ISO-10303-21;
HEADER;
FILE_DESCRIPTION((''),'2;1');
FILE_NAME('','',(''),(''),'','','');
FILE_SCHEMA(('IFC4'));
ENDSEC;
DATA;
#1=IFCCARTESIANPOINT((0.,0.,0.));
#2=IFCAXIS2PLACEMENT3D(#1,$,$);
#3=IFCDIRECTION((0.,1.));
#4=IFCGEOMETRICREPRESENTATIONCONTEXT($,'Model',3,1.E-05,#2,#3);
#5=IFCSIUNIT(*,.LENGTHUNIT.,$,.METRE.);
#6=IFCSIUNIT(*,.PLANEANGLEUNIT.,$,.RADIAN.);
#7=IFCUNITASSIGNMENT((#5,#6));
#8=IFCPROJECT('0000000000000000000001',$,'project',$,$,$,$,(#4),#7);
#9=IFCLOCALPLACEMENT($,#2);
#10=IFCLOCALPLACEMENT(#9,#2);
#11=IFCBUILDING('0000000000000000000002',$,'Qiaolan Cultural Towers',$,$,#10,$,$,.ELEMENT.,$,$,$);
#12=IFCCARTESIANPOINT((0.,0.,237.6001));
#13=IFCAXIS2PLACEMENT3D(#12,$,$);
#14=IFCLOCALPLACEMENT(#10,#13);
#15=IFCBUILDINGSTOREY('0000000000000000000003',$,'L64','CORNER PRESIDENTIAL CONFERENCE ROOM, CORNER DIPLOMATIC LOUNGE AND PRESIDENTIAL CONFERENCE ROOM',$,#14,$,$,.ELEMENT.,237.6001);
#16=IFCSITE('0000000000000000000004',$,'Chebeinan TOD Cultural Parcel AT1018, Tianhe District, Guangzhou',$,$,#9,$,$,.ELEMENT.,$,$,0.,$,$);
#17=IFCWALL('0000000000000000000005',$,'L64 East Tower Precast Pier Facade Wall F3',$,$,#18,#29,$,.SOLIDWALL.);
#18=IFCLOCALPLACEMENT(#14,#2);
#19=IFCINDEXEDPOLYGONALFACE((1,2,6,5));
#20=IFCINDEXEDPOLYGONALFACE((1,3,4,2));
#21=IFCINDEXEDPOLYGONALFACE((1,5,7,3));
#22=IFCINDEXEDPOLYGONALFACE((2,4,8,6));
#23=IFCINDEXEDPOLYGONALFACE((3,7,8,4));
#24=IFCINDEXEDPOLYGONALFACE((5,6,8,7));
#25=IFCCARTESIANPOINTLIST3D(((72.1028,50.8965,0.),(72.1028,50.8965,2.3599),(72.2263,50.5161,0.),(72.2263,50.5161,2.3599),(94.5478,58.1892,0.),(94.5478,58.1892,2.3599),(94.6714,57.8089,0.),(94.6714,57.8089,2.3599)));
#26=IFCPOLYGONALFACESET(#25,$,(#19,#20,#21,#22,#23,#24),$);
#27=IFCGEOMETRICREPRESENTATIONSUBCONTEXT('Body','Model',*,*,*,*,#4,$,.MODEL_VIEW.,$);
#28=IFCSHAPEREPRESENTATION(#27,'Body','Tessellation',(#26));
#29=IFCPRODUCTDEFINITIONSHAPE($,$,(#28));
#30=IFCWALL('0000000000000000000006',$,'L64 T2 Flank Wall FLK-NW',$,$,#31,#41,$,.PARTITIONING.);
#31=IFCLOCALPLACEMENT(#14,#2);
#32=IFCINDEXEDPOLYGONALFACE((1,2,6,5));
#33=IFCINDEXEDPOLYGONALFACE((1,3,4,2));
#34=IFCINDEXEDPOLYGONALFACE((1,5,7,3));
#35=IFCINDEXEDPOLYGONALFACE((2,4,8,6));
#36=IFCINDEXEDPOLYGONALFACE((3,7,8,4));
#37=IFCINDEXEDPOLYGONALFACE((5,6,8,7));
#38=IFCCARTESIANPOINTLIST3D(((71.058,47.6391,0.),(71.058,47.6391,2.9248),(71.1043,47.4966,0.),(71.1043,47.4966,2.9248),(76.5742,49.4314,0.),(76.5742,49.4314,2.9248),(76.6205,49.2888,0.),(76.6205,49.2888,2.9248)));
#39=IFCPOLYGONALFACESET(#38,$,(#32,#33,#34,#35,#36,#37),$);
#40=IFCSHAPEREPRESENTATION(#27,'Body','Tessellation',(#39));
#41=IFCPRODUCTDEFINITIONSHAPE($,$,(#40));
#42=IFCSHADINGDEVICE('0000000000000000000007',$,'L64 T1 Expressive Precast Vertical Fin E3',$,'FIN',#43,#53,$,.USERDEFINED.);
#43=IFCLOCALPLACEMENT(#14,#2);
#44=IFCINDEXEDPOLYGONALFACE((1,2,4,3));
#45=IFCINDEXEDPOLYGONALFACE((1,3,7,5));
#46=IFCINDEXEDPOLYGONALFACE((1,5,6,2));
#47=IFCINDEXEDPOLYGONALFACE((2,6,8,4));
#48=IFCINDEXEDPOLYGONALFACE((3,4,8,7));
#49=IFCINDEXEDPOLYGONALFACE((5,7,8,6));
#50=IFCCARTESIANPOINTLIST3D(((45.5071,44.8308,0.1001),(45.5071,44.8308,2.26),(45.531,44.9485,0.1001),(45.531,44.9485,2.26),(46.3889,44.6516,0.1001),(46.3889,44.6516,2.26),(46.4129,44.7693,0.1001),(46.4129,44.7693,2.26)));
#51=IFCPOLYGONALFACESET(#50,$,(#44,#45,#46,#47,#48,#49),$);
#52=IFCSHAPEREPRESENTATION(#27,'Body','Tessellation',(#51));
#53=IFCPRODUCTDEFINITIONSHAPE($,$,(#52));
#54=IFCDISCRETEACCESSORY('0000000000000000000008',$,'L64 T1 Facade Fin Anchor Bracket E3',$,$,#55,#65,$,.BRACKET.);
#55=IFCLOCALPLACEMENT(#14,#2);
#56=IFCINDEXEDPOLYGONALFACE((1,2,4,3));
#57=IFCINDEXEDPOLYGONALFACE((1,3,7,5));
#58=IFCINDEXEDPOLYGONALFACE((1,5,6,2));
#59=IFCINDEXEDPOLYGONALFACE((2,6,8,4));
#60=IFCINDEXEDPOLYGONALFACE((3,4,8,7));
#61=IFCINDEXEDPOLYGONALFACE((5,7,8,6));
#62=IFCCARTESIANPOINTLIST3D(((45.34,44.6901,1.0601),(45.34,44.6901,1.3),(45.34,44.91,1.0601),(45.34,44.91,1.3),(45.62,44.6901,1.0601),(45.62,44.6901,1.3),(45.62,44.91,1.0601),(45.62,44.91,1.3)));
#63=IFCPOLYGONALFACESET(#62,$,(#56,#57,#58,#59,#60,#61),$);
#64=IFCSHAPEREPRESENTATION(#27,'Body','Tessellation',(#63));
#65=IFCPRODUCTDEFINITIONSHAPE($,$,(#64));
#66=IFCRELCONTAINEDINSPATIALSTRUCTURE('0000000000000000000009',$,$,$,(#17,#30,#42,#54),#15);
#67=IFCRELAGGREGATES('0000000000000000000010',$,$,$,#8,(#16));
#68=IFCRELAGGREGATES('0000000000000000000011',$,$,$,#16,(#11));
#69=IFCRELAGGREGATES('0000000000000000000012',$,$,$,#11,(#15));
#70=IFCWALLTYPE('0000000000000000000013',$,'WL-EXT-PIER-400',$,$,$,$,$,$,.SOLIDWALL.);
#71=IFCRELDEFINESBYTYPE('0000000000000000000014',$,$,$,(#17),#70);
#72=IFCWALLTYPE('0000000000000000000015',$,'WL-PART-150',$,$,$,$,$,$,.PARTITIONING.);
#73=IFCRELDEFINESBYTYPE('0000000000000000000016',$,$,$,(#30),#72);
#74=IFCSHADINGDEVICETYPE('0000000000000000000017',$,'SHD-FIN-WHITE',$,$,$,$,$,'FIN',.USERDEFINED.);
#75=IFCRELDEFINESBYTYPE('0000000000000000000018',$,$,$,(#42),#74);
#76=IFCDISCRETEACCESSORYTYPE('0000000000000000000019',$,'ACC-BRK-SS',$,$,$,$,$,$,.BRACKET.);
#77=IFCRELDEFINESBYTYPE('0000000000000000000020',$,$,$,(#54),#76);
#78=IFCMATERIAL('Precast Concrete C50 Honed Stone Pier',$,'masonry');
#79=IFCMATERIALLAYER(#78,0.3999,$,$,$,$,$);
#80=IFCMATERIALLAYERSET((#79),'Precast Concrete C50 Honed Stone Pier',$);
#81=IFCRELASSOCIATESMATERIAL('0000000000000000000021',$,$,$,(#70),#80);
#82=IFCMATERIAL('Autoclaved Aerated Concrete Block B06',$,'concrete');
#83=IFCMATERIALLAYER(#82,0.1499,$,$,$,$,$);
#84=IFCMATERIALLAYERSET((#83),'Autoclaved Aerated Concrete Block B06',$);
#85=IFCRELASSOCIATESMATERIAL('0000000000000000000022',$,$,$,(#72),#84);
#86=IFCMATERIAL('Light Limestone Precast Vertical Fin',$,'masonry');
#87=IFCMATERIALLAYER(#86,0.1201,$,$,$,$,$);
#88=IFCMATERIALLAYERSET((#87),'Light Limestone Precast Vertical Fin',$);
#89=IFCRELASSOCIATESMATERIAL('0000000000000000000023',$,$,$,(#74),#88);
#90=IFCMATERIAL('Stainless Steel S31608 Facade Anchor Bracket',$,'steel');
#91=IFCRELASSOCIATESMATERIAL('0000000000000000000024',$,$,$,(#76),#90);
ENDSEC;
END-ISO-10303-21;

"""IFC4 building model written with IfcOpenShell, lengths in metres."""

from ifc_helpers import new_model, si_unit, direction, frame, frame_2d, origin, origin_2d, place, context, subcontext, project, spatial, rectangle, extrude, material, layer, layer_set, type_object, element, save


model = new_model("IFC4")

# Units and contexts
model_context = context("Model", 3, precision=1e-05, world=origin(), true_north=direction((0.0, 1.0)))
body_context = subcontext(model_context, "Body", "Model", "MODEL_VIEW")
ifc_project = project(units=[si_unit("LENGTHUNIT", "METRE"), si_unit("PLANEANGLEUNIT", "RADIAN")], contexts=[model_context])

# Site, building, storey
site_placement = place(None, origin())
site = spatial("IfcSite", under=ifc_project, at=site_placement, Name="Chebeinan TOD Cultural Parcel AT1018, Tianhe District, Guangzhou", CompositionType="ELEMENT", RefElevation=0.0)
building_placement = place(site_placement, origin())
building = spatial("IfcBuilding", under=site, at=building_placement, Name="Qiaolan Cultural Towers", CompositionType="ELEMENT")
storey_placement = place(building_placement, frame((0.0, 0.0, 237.6001)))
storey = spatial("IfcBuildingStorey", under=building, at=storey_placement, Name="L64", Description="CORNER PRESIDENTIAL CONFERENCE ROOM, CORNER DIPLOMATIC LOUNGE AND PRESIDENTIAL CONFERENCE ROOM", CompositionType="ELEMENT", Elevation=237.6001)

# Shared definitions
ifc_material_1 = material(Name="Precast Concrete C50 Honed Stone Pier", Category="masonry")
ifc_layer_1 = layer(ifc_material_1, 0.3999)
ifc_layer_set_1 = layer_set([ifc_layer_1], Name="Precast Concrete C50 Honed Stone Pier")
wall_type_1 = type_object("IfcWallType", Name="WL-EXT-PIER-400", PredefinedType="SOLIDWALL", material=ifc_layer_set_1)

# Walls
wall_1_placement = place(storey_placement, frame((72.1646, 50.7063, 0.0), z_axis=(0.0, 0.0, 1.0), x_axis=(0.951058, 0.309012, 0.0)))
element("IfcWall", 1, at=wall_1_placement, inside=storey, type_object=wall_type_1, Name="L64 East Tower Precast Pier Facade Wall F3", PredefinedType="SOLIDWALL", context=body_context, shape_type="SweptSolid", body=[
    extrude(rectangle(XDim=23.6001, YDim=0.3999, at=frame_2d((11.8, 0.0))), origin(), (0.0, 0.0, 1.0), 2.3599),
])
ifc_material_2 = material(Name="Autoclaved Aerated Concrete Block B06", Category="concrete")
ifc_layer_2 = layer(ifc_material_2, 0.1499)
ifc_layer_set_2 = layer_set([ifc_layer_2], Name="Autoclaved Aerated Concrete Block B06")
wall_type_2 = type_object("IfcWallType", Name="WL-PART-150", PredefinedType="PARTITIONING", material=ifc_layer_set_2)
wall_2_placement = place(storey_placement, frame((71.0813, 47.5679, 0.0), z_axis=(0.0, 0.0, 1.0), x_axis=(0.951059, 0.309008, 0.0)))
element("IfcWall", 2, at=wall_2_placement, inside=storey, type_object=wall_type_2, Name="L64 T2 Flank Wall FLK-NW", PredefinedType="PARTITIONING", context=body_context, shape_type="SweptSolid", body=[
    extrude(rectangle(XDim=5.8, YDim=0.1499, at=frame_2d((2.8999, 0.0))), origin(), (0.0, 0.0, 1.0), 2.9248),
])

# Shading device
ifc_material_3 = material(Name="Light Limestone Precast Vertical Fin", Category="masonry")
ifc_layer_3 = layer(ifc_material_3, 0.1201)
ifc_layer_set_3 = layer_set([ifc_layer_3], Name="Light Limestone Precast Vertical Fin")
shading_device_type = type_object("IfcShadingDeviceType", Name="SHD-FIN-WHITE", ElementType="FIN", PredefinedType="USERDEFINED", material=ifc_layer_set_3)
shading_device_placement = place(storey_placement, frame((45.96, 44.8, 0.1001), z_axis=(0.0, 0.0, 1.0), x_axis=(0.979957, -0.199208, 0.0)))
element("IfcShadingDevice", 3, at=shading_device_placement, inside=storey, type_object=shading_device_type, Name="L64 T1 Expressive Precast Vertical Fin E3", ObjectType="FIN", PredefinedType="USERDEFINED", context=body_context, shape_type="SweptSolid", body=[
    extrude(rectangle(XDim=0.8999, YDim=0.1201, at=origin_2d()), origin(), (0.0, 0.0, 1.0), 2.1599),
])

# Discrete accessory
ifc_material_4 = material(Name="Stainless Steel S31608 Facade Anchor Bracket", Category="steel")
discrete_accessory_type = type_object("IfcDiscreteAccessoryType", Name="ACC-BRK-SS", PredefinedType="BRACKET", material=ifc_material_4)
discrete_accessory_placement = place(storey_placement, frame((45.48, 44.8, 1.0601), z_axis=(0.0, 0.0, 1.0), x_axis=(1.0, 0.0, 0.0)))
element("IfcDiscreteAccessory", 4, at=discrete_accessory_placement, inside=storey, type_object=discrete_accessory_type, Name="L64 T1 Facade Fin Anchor Bracket E3", PredefinedType="BRACKET", context=body_context, shape_type="SweptSolid", body=[
    extrude(rectangle(XDim=0.28, YDim=0.22, at=origin_2d()), origin(), (0.0, 0.0, 1.0), 0.24),
])

save(model, "model.ifc")
